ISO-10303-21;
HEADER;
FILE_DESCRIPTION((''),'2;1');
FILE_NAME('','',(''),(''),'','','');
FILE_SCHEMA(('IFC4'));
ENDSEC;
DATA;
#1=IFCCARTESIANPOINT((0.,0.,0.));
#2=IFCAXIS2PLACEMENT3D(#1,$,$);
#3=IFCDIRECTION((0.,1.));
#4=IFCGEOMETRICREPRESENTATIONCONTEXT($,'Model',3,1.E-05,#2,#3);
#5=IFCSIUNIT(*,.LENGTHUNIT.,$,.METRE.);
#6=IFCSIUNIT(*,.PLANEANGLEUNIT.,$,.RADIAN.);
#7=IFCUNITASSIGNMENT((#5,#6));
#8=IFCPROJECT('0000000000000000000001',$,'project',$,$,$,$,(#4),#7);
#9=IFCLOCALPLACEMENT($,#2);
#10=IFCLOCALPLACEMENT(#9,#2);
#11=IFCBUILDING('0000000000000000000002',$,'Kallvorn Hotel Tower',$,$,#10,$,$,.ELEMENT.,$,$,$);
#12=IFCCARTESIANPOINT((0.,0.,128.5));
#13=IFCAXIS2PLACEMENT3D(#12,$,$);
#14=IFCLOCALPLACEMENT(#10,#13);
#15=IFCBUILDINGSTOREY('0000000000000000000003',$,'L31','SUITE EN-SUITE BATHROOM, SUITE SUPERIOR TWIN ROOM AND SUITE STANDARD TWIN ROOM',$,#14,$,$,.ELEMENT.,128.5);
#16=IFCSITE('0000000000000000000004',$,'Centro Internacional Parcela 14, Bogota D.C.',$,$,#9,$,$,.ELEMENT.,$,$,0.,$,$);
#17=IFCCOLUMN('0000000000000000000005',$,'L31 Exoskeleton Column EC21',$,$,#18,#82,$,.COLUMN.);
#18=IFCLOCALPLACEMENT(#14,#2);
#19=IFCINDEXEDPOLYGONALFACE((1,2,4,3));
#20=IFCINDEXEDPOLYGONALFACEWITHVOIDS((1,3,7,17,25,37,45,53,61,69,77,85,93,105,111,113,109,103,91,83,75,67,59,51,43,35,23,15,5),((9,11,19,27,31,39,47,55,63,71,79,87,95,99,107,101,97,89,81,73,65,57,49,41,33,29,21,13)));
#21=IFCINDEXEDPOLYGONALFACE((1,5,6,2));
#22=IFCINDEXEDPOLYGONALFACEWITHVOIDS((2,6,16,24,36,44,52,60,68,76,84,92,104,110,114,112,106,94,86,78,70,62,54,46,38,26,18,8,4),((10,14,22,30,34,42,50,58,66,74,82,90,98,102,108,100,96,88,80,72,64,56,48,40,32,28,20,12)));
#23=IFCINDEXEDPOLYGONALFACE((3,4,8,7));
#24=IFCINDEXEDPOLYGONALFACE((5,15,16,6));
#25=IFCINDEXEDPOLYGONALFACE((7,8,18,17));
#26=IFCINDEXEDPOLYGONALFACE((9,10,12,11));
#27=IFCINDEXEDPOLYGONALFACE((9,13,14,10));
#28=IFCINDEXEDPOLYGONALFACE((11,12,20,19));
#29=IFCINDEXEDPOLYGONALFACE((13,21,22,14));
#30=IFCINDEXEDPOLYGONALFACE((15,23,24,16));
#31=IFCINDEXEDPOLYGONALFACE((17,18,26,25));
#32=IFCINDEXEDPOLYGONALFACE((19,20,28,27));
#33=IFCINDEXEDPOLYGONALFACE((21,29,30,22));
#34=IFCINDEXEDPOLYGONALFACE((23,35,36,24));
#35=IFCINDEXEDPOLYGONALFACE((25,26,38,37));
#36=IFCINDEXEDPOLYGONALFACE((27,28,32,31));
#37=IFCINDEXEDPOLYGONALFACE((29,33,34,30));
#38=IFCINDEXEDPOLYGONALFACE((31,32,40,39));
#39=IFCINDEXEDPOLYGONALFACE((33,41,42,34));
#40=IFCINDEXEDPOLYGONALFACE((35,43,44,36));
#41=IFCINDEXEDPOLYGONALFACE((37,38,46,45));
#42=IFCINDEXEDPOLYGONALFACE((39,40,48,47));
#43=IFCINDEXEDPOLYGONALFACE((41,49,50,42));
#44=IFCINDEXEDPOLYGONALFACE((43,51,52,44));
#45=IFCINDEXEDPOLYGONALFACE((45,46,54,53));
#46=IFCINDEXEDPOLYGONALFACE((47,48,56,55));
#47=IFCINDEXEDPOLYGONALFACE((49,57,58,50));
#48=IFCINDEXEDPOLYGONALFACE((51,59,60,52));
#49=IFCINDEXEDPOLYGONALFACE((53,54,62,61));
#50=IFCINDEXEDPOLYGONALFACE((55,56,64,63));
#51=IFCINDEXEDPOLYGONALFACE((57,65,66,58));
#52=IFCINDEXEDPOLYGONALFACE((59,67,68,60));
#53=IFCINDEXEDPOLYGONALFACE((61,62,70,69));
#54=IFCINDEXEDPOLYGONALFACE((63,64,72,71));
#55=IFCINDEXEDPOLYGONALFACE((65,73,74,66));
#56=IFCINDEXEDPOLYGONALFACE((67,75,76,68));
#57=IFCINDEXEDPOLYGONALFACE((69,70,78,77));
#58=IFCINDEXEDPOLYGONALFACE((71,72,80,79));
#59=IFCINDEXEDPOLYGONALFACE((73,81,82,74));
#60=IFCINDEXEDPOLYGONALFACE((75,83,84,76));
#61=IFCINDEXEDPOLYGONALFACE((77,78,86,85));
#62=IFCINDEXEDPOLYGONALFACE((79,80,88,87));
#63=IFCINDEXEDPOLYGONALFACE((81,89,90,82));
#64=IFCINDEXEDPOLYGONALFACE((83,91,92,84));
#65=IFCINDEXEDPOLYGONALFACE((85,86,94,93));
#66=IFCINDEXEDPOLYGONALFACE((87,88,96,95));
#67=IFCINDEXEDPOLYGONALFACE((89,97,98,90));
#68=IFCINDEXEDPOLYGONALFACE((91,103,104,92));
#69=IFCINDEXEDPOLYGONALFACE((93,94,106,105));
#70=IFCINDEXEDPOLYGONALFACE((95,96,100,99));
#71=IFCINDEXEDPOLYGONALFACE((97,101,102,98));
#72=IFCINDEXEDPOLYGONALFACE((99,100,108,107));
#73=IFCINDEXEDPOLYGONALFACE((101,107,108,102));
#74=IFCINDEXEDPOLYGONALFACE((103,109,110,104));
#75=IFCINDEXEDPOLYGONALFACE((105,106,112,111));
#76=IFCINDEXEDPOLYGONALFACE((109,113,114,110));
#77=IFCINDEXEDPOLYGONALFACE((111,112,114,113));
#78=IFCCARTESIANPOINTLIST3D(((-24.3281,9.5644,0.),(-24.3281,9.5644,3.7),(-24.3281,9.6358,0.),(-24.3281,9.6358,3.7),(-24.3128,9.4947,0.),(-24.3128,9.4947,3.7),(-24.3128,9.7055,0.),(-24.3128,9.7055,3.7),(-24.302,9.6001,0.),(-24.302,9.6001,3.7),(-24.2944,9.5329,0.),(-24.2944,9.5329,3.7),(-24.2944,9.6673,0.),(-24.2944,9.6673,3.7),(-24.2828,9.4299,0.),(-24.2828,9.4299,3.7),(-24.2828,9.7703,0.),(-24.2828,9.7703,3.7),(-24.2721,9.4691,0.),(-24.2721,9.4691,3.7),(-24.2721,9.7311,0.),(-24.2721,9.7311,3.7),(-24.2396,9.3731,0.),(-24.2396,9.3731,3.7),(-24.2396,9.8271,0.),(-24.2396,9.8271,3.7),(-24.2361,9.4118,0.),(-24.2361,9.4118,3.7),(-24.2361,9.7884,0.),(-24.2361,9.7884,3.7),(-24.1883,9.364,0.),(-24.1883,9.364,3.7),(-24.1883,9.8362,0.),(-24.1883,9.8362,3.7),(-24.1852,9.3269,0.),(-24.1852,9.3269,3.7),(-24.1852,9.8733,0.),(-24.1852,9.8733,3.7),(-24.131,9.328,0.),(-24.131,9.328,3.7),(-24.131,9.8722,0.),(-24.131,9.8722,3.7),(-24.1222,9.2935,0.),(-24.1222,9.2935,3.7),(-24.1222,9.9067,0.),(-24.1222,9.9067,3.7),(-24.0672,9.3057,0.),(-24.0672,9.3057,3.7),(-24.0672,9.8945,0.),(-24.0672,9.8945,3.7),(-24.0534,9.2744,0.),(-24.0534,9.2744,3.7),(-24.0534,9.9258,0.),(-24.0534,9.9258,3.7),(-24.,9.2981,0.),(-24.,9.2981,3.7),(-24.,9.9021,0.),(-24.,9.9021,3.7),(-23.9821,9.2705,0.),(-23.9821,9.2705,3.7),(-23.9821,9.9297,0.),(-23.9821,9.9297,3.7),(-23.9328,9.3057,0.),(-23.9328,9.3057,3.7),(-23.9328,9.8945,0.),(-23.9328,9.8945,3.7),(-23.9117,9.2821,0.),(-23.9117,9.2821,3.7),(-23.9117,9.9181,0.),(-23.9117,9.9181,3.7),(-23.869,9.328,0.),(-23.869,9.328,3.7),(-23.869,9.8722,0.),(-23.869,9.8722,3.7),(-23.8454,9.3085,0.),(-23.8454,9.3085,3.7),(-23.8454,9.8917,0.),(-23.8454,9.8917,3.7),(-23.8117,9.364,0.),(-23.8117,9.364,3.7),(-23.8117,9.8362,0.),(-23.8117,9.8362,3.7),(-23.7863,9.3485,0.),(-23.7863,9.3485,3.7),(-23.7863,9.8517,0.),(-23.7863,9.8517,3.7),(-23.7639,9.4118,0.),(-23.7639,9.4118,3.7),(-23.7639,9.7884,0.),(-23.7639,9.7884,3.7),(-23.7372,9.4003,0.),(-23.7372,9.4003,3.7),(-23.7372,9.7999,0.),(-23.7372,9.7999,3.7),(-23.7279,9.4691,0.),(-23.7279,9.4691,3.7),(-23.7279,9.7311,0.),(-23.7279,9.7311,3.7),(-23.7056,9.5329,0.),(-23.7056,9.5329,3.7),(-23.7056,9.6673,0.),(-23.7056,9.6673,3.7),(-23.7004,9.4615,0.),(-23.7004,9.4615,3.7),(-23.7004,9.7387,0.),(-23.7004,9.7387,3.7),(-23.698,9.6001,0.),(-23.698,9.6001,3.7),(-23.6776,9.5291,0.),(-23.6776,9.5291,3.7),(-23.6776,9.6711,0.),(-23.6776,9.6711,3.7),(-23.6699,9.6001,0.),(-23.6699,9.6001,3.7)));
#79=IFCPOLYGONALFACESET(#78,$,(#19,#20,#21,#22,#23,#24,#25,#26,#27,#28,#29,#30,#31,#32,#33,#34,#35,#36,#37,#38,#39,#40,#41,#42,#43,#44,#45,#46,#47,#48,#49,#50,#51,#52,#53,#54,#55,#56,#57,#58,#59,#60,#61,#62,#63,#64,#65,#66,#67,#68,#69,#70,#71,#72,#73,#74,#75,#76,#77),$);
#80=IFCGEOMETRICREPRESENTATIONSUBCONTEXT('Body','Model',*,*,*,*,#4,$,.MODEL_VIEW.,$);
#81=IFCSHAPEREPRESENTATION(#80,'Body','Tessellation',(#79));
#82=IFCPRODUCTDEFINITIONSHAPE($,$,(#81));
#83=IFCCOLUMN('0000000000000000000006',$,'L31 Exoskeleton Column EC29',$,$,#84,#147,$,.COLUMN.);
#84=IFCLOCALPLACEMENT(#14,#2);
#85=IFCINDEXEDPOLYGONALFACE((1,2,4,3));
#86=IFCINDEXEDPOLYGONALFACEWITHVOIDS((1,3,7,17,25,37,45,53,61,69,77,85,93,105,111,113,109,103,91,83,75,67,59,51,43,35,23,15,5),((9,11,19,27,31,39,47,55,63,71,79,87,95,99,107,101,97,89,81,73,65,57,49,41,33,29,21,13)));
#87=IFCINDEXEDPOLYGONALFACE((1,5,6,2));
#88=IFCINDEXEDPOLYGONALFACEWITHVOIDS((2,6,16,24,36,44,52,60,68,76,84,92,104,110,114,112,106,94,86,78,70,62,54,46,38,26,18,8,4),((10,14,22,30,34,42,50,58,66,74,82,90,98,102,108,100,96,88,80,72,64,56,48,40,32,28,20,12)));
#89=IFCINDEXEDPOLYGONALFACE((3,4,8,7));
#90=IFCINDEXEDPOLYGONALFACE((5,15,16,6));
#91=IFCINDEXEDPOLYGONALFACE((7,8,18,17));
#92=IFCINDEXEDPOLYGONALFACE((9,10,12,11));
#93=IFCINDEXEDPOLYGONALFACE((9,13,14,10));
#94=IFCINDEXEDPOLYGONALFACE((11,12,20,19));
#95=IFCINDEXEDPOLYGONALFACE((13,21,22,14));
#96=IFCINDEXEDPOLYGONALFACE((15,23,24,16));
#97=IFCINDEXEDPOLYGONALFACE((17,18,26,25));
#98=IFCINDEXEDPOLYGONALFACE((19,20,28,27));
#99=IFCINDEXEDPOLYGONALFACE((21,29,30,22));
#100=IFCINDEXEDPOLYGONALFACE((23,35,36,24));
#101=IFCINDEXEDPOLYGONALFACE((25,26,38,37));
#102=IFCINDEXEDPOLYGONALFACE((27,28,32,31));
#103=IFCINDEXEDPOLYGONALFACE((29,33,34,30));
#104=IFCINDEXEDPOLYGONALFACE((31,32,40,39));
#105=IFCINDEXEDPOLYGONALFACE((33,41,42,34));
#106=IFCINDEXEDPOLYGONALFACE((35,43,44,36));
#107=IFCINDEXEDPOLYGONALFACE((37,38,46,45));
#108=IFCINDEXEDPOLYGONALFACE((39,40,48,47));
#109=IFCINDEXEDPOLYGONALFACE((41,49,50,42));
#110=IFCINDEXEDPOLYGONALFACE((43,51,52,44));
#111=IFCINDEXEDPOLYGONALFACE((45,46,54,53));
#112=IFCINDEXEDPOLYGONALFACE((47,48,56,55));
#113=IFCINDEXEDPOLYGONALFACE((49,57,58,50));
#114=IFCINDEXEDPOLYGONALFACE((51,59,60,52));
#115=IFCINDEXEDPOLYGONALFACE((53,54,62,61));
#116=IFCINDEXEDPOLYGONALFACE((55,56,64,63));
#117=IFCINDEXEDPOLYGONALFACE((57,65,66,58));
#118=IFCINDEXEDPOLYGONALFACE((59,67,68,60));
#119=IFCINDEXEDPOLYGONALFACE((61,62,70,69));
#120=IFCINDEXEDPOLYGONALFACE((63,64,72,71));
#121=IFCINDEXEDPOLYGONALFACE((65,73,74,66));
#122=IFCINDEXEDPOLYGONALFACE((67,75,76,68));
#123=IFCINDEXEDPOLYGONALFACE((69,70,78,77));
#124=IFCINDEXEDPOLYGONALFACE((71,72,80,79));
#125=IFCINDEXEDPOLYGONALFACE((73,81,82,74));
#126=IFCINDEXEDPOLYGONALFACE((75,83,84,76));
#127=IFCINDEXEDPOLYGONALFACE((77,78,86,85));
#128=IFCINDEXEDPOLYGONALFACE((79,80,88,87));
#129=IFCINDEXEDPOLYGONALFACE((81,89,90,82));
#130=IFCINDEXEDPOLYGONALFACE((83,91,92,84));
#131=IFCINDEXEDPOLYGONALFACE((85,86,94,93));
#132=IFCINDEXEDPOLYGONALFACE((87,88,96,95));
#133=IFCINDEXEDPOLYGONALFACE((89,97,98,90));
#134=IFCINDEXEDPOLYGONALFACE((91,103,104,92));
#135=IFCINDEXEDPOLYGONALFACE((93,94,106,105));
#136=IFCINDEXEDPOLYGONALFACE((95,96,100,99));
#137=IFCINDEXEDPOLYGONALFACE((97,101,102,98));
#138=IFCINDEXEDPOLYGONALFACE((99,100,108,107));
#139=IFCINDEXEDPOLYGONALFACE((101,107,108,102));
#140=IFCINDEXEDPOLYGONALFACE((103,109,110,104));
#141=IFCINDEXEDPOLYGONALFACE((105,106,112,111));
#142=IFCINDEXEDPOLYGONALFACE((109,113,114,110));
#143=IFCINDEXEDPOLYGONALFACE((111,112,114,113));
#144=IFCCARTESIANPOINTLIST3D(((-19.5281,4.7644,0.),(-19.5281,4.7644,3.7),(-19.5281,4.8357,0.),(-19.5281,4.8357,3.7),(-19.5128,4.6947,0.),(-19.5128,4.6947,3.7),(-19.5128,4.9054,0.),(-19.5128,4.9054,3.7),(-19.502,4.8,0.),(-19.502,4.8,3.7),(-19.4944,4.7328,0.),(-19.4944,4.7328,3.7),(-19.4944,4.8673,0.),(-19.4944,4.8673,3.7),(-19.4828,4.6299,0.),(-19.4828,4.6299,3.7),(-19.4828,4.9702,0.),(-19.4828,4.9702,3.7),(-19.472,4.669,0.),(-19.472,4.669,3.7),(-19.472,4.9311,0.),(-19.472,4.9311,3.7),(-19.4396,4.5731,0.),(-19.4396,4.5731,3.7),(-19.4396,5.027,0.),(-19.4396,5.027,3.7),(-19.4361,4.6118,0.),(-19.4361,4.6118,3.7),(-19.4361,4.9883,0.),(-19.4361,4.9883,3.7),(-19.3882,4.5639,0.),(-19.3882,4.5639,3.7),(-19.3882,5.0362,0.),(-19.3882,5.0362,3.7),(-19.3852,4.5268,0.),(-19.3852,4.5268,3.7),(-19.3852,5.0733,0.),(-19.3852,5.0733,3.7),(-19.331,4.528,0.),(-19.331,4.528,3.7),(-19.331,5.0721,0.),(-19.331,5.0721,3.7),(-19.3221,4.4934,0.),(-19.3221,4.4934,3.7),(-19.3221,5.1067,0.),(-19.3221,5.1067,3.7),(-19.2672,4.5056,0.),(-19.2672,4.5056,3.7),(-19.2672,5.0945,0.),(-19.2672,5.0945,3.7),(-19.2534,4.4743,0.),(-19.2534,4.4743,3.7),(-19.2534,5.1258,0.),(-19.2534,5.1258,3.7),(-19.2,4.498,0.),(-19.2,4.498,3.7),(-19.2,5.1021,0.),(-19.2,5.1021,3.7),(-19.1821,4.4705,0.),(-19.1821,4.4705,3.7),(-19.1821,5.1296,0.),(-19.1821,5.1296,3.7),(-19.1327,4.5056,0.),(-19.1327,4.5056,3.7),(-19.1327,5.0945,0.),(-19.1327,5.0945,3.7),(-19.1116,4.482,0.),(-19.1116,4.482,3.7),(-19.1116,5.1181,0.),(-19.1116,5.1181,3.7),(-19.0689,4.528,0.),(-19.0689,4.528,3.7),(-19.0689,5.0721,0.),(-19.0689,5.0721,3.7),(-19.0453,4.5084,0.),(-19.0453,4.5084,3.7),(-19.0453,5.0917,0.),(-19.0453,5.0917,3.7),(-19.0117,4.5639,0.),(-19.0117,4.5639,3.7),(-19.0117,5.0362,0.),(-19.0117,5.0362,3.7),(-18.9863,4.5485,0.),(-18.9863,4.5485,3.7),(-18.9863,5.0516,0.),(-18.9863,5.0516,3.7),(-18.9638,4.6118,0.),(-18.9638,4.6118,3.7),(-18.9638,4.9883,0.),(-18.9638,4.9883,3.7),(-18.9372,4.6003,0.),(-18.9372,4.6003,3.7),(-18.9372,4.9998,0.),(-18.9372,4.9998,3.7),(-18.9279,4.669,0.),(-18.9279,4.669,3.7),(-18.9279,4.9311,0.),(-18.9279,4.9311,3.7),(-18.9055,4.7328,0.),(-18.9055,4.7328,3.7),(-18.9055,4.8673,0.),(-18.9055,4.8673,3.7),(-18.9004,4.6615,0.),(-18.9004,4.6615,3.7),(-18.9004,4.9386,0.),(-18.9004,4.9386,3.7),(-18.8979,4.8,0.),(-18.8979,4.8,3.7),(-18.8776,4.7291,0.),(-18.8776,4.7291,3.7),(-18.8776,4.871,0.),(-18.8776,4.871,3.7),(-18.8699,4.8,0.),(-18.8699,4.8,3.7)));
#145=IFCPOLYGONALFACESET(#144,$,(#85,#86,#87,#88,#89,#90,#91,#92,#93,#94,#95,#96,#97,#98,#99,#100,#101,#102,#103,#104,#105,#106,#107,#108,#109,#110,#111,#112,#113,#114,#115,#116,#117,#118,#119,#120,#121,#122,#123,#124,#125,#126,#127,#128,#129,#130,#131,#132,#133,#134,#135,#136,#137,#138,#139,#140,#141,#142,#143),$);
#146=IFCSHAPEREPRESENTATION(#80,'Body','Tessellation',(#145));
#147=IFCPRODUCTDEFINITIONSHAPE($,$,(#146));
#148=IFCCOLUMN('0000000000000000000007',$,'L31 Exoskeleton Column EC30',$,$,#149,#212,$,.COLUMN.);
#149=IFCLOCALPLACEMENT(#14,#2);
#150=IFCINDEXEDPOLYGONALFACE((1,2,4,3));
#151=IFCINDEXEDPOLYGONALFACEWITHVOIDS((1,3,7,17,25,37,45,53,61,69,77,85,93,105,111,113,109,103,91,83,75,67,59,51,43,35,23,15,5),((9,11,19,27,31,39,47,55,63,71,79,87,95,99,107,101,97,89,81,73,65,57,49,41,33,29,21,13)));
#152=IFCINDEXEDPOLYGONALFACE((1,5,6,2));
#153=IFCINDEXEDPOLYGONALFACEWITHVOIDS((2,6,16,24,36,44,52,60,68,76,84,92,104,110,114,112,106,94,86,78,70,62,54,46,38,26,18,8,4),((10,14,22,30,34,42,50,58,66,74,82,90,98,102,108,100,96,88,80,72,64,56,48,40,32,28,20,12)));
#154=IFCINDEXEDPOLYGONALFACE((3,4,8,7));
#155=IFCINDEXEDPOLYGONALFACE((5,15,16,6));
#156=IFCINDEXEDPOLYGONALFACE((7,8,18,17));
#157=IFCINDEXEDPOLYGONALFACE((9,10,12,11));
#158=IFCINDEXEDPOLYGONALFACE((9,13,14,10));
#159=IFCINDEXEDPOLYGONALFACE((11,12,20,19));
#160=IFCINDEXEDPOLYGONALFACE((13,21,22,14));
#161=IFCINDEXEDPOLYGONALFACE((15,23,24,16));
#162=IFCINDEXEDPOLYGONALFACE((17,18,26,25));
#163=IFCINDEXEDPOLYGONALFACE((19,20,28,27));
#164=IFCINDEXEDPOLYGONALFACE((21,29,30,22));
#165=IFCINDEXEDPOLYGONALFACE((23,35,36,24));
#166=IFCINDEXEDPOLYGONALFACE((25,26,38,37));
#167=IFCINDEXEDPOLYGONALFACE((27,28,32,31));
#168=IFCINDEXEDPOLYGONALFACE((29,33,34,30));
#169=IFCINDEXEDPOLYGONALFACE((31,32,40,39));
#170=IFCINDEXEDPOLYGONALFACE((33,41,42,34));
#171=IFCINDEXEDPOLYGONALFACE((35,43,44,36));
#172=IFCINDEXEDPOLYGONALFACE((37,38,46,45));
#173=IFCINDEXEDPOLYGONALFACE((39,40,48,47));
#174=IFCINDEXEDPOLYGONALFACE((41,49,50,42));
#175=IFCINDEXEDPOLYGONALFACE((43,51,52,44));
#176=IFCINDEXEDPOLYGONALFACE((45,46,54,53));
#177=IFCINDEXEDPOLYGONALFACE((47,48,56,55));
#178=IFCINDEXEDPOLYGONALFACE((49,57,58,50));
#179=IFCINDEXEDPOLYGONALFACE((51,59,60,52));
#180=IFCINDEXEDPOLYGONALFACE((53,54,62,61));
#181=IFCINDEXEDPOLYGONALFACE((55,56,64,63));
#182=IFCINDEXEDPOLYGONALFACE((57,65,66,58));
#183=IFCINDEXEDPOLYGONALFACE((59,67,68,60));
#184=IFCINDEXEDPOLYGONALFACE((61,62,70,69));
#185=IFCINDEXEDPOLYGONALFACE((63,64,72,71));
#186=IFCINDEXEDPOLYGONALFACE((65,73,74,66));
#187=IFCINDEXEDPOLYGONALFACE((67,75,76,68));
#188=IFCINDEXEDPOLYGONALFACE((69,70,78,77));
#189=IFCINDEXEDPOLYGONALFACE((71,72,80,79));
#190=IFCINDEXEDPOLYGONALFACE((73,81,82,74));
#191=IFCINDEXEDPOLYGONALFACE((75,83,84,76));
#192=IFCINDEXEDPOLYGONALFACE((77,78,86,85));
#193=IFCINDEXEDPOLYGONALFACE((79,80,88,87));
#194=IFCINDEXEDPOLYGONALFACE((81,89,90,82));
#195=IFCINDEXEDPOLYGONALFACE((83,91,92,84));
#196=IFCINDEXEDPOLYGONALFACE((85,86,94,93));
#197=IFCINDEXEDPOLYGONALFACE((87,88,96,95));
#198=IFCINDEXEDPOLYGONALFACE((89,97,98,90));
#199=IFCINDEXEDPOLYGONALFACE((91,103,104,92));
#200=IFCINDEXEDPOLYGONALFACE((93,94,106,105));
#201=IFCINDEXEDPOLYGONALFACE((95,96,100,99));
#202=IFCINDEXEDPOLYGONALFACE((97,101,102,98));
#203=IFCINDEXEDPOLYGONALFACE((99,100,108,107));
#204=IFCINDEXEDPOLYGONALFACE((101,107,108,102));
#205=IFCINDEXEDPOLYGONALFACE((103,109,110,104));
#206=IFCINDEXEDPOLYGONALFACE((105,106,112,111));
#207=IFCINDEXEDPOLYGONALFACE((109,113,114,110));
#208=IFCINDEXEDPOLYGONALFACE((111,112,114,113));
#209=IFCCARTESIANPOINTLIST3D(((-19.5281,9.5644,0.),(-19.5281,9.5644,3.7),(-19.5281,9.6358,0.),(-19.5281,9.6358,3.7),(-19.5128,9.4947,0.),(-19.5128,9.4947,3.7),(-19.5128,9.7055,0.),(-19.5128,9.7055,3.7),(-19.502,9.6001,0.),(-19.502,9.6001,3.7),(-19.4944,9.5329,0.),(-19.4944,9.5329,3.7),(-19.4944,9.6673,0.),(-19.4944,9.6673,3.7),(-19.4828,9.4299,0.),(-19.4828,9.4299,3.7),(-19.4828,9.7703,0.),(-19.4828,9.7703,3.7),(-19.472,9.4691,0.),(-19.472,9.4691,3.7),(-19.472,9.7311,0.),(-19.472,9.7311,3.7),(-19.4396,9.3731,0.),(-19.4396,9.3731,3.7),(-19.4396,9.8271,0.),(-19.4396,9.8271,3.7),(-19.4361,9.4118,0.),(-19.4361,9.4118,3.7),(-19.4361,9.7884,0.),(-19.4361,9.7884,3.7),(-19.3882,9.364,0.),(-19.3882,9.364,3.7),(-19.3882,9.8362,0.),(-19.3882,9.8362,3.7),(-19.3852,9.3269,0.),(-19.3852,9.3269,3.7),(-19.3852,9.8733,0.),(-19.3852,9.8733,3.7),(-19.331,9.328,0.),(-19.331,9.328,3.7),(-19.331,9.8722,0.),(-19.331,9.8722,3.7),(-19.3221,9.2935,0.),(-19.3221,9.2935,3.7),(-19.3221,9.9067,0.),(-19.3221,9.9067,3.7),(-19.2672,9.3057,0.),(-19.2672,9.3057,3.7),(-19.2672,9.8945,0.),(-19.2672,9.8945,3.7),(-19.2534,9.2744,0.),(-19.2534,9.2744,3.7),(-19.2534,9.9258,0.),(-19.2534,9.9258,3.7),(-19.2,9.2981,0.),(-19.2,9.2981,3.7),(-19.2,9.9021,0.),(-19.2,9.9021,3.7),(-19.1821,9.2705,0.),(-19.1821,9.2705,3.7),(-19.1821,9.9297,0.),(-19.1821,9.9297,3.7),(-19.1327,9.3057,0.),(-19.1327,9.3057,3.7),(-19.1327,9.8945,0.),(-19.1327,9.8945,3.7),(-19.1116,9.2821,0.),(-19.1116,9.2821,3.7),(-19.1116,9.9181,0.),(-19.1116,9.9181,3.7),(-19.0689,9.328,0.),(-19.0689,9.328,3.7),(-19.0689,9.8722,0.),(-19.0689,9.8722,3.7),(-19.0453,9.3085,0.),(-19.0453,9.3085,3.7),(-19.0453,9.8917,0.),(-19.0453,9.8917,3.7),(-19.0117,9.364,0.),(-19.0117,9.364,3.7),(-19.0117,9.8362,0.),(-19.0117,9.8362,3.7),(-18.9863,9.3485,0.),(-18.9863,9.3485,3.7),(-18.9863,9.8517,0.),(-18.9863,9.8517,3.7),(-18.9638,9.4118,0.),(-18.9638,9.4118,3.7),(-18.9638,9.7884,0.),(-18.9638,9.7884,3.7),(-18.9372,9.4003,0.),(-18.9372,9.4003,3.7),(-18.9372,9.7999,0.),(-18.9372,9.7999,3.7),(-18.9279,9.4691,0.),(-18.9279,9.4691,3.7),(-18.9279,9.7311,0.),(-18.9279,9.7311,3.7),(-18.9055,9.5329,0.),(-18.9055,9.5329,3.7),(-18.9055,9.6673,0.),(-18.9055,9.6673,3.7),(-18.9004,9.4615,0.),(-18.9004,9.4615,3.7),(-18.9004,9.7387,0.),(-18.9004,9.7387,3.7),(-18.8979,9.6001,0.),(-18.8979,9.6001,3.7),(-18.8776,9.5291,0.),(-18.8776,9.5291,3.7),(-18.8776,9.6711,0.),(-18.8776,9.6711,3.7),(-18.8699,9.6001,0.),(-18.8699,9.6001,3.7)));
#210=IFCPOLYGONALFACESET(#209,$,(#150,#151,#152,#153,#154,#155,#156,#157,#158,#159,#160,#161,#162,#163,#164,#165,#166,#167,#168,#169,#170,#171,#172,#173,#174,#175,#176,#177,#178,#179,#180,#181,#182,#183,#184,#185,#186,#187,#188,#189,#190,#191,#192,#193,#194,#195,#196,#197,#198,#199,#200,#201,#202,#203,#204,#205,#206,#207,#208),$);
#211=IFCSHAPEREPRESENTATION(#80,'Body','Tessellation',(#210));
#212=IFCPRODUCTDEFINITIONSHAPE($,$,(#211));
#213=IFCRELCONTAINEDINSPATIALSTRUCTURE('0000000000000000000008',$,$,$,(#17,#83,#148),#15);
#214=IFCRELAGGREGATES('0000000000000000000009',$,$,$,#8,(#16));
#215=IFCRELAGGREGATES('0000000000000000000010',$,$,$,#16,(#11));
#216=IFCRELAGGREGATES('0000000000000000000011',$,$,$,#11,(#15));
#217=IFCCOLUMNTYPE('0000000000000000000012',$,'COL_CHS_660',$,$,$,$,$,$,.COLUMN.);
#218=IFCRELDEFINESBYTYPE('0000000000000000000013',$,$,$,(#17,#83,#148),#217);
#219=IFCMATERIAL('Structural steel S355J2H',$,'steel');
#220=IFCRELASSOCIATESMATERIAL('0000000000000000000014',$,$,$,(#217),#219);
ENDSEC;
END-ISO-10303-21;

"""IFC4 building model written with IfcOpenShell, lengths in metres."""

from ifc_helpers import new_model, si_unit, direction, frame, origin, origin_2d, place, context, subcontext, project, spatial, hollow_circle, extrude, material, material_profile, profile_set, type_object, element, save


model = new_model("IFC4")

# Units and contexts
model_context = context("Model", 3, precision=1e-05, world=origin(), true_north=direction((0.0, 1.0)))
body_context = subcontext(model_context, "Body", "Model", "MODEL_VIEW")
ifc_project = project(units=[si_unit("LENGTHUNIT", "METRE"), si_unit("PLANEANGLEUNIT", "RADIAN")], contexts=[model_context])

# Site, building, storey
site_placement = place(None, origin())
site = spatial("IfcSite", under=ifc_project, at=site_placement, Name="Centro Internacional Parcela 14, Bogota D.C.", CompositionType="ELEMENT", RefElevation=0.0)
building_placement = place(site_placement, origin())
building = spatial("IfcBuilding", under=site, at=building_placement, Name="Kallvorn Hotel Tower", CompositionType="ELEMENT")
storey_placement = place(building_placement, frame((0.0, 0.0, 128.5)))
storey = spatial("IfcBuildingStorey", under=building, at=storey_placement, Name="L31", Description="SUITE EN-SUITE BATHROOM, SUITE SUPERIOR TWIN ROOM AND SUITE STANDARD TWIN ROOM", CompositionType="ELEMENT", Elevation=128.5)

# Columns
ifc_material_1 = material(Name="Structural steel S355J2H", Category="steel")
ifc_material_profile_1 = material_profile(ifc_material_1, hollow_circle(Radius=0.3301, WallThickness=0.0281, at=origin_2d()), Name="CHS 660x28")
ifc_profile_set_1 = profile_set([ifc_material_profile_1], Name="Structural steel S355J2H")
column_type_1 = type_object("IfcColumnType", Name="COL_CHS_660", PredefinedType="COLUMN", material=ifc_profile_set_1)
for number, where, z_axis, x_axis, name in (
    (1, (-24.0, 9.6001, 0.0), (0.0, 0.0, 1.0), (1.0, 0.0, 0.0), "L31 Exoskeleton Column EC21"),
    (2, (-19.2, 4.8, 0.0), (0.0, 0.0, 1.0), (1.0, 0.0, 0.0), "L31 Exoskeleton Column EC29"),
    (3, (-19.2, 9.6001, 0.0), (0.0, 0.0, 1.0), (1.0, 0.0, 0.0), "L31 Exoskeleton Column EC30"),
):
    element("IfcColumn", number, at=place(storey_placement, frame(where, z_axis=z_axis, x_axis=x_axis)), inside=storey, type_object=column_type_1, Name=name, PredefinedType="COLUMN", context=body_context, shape_type="SweptSolid", body=[
        extrude(hollow_circle(Radius=0.3301, WallThickness=0.0281, at=origin_2d()), origin(), (0.0, 0.0, 1.0), 3.7),
    ])

save(model, "model.ifc")
